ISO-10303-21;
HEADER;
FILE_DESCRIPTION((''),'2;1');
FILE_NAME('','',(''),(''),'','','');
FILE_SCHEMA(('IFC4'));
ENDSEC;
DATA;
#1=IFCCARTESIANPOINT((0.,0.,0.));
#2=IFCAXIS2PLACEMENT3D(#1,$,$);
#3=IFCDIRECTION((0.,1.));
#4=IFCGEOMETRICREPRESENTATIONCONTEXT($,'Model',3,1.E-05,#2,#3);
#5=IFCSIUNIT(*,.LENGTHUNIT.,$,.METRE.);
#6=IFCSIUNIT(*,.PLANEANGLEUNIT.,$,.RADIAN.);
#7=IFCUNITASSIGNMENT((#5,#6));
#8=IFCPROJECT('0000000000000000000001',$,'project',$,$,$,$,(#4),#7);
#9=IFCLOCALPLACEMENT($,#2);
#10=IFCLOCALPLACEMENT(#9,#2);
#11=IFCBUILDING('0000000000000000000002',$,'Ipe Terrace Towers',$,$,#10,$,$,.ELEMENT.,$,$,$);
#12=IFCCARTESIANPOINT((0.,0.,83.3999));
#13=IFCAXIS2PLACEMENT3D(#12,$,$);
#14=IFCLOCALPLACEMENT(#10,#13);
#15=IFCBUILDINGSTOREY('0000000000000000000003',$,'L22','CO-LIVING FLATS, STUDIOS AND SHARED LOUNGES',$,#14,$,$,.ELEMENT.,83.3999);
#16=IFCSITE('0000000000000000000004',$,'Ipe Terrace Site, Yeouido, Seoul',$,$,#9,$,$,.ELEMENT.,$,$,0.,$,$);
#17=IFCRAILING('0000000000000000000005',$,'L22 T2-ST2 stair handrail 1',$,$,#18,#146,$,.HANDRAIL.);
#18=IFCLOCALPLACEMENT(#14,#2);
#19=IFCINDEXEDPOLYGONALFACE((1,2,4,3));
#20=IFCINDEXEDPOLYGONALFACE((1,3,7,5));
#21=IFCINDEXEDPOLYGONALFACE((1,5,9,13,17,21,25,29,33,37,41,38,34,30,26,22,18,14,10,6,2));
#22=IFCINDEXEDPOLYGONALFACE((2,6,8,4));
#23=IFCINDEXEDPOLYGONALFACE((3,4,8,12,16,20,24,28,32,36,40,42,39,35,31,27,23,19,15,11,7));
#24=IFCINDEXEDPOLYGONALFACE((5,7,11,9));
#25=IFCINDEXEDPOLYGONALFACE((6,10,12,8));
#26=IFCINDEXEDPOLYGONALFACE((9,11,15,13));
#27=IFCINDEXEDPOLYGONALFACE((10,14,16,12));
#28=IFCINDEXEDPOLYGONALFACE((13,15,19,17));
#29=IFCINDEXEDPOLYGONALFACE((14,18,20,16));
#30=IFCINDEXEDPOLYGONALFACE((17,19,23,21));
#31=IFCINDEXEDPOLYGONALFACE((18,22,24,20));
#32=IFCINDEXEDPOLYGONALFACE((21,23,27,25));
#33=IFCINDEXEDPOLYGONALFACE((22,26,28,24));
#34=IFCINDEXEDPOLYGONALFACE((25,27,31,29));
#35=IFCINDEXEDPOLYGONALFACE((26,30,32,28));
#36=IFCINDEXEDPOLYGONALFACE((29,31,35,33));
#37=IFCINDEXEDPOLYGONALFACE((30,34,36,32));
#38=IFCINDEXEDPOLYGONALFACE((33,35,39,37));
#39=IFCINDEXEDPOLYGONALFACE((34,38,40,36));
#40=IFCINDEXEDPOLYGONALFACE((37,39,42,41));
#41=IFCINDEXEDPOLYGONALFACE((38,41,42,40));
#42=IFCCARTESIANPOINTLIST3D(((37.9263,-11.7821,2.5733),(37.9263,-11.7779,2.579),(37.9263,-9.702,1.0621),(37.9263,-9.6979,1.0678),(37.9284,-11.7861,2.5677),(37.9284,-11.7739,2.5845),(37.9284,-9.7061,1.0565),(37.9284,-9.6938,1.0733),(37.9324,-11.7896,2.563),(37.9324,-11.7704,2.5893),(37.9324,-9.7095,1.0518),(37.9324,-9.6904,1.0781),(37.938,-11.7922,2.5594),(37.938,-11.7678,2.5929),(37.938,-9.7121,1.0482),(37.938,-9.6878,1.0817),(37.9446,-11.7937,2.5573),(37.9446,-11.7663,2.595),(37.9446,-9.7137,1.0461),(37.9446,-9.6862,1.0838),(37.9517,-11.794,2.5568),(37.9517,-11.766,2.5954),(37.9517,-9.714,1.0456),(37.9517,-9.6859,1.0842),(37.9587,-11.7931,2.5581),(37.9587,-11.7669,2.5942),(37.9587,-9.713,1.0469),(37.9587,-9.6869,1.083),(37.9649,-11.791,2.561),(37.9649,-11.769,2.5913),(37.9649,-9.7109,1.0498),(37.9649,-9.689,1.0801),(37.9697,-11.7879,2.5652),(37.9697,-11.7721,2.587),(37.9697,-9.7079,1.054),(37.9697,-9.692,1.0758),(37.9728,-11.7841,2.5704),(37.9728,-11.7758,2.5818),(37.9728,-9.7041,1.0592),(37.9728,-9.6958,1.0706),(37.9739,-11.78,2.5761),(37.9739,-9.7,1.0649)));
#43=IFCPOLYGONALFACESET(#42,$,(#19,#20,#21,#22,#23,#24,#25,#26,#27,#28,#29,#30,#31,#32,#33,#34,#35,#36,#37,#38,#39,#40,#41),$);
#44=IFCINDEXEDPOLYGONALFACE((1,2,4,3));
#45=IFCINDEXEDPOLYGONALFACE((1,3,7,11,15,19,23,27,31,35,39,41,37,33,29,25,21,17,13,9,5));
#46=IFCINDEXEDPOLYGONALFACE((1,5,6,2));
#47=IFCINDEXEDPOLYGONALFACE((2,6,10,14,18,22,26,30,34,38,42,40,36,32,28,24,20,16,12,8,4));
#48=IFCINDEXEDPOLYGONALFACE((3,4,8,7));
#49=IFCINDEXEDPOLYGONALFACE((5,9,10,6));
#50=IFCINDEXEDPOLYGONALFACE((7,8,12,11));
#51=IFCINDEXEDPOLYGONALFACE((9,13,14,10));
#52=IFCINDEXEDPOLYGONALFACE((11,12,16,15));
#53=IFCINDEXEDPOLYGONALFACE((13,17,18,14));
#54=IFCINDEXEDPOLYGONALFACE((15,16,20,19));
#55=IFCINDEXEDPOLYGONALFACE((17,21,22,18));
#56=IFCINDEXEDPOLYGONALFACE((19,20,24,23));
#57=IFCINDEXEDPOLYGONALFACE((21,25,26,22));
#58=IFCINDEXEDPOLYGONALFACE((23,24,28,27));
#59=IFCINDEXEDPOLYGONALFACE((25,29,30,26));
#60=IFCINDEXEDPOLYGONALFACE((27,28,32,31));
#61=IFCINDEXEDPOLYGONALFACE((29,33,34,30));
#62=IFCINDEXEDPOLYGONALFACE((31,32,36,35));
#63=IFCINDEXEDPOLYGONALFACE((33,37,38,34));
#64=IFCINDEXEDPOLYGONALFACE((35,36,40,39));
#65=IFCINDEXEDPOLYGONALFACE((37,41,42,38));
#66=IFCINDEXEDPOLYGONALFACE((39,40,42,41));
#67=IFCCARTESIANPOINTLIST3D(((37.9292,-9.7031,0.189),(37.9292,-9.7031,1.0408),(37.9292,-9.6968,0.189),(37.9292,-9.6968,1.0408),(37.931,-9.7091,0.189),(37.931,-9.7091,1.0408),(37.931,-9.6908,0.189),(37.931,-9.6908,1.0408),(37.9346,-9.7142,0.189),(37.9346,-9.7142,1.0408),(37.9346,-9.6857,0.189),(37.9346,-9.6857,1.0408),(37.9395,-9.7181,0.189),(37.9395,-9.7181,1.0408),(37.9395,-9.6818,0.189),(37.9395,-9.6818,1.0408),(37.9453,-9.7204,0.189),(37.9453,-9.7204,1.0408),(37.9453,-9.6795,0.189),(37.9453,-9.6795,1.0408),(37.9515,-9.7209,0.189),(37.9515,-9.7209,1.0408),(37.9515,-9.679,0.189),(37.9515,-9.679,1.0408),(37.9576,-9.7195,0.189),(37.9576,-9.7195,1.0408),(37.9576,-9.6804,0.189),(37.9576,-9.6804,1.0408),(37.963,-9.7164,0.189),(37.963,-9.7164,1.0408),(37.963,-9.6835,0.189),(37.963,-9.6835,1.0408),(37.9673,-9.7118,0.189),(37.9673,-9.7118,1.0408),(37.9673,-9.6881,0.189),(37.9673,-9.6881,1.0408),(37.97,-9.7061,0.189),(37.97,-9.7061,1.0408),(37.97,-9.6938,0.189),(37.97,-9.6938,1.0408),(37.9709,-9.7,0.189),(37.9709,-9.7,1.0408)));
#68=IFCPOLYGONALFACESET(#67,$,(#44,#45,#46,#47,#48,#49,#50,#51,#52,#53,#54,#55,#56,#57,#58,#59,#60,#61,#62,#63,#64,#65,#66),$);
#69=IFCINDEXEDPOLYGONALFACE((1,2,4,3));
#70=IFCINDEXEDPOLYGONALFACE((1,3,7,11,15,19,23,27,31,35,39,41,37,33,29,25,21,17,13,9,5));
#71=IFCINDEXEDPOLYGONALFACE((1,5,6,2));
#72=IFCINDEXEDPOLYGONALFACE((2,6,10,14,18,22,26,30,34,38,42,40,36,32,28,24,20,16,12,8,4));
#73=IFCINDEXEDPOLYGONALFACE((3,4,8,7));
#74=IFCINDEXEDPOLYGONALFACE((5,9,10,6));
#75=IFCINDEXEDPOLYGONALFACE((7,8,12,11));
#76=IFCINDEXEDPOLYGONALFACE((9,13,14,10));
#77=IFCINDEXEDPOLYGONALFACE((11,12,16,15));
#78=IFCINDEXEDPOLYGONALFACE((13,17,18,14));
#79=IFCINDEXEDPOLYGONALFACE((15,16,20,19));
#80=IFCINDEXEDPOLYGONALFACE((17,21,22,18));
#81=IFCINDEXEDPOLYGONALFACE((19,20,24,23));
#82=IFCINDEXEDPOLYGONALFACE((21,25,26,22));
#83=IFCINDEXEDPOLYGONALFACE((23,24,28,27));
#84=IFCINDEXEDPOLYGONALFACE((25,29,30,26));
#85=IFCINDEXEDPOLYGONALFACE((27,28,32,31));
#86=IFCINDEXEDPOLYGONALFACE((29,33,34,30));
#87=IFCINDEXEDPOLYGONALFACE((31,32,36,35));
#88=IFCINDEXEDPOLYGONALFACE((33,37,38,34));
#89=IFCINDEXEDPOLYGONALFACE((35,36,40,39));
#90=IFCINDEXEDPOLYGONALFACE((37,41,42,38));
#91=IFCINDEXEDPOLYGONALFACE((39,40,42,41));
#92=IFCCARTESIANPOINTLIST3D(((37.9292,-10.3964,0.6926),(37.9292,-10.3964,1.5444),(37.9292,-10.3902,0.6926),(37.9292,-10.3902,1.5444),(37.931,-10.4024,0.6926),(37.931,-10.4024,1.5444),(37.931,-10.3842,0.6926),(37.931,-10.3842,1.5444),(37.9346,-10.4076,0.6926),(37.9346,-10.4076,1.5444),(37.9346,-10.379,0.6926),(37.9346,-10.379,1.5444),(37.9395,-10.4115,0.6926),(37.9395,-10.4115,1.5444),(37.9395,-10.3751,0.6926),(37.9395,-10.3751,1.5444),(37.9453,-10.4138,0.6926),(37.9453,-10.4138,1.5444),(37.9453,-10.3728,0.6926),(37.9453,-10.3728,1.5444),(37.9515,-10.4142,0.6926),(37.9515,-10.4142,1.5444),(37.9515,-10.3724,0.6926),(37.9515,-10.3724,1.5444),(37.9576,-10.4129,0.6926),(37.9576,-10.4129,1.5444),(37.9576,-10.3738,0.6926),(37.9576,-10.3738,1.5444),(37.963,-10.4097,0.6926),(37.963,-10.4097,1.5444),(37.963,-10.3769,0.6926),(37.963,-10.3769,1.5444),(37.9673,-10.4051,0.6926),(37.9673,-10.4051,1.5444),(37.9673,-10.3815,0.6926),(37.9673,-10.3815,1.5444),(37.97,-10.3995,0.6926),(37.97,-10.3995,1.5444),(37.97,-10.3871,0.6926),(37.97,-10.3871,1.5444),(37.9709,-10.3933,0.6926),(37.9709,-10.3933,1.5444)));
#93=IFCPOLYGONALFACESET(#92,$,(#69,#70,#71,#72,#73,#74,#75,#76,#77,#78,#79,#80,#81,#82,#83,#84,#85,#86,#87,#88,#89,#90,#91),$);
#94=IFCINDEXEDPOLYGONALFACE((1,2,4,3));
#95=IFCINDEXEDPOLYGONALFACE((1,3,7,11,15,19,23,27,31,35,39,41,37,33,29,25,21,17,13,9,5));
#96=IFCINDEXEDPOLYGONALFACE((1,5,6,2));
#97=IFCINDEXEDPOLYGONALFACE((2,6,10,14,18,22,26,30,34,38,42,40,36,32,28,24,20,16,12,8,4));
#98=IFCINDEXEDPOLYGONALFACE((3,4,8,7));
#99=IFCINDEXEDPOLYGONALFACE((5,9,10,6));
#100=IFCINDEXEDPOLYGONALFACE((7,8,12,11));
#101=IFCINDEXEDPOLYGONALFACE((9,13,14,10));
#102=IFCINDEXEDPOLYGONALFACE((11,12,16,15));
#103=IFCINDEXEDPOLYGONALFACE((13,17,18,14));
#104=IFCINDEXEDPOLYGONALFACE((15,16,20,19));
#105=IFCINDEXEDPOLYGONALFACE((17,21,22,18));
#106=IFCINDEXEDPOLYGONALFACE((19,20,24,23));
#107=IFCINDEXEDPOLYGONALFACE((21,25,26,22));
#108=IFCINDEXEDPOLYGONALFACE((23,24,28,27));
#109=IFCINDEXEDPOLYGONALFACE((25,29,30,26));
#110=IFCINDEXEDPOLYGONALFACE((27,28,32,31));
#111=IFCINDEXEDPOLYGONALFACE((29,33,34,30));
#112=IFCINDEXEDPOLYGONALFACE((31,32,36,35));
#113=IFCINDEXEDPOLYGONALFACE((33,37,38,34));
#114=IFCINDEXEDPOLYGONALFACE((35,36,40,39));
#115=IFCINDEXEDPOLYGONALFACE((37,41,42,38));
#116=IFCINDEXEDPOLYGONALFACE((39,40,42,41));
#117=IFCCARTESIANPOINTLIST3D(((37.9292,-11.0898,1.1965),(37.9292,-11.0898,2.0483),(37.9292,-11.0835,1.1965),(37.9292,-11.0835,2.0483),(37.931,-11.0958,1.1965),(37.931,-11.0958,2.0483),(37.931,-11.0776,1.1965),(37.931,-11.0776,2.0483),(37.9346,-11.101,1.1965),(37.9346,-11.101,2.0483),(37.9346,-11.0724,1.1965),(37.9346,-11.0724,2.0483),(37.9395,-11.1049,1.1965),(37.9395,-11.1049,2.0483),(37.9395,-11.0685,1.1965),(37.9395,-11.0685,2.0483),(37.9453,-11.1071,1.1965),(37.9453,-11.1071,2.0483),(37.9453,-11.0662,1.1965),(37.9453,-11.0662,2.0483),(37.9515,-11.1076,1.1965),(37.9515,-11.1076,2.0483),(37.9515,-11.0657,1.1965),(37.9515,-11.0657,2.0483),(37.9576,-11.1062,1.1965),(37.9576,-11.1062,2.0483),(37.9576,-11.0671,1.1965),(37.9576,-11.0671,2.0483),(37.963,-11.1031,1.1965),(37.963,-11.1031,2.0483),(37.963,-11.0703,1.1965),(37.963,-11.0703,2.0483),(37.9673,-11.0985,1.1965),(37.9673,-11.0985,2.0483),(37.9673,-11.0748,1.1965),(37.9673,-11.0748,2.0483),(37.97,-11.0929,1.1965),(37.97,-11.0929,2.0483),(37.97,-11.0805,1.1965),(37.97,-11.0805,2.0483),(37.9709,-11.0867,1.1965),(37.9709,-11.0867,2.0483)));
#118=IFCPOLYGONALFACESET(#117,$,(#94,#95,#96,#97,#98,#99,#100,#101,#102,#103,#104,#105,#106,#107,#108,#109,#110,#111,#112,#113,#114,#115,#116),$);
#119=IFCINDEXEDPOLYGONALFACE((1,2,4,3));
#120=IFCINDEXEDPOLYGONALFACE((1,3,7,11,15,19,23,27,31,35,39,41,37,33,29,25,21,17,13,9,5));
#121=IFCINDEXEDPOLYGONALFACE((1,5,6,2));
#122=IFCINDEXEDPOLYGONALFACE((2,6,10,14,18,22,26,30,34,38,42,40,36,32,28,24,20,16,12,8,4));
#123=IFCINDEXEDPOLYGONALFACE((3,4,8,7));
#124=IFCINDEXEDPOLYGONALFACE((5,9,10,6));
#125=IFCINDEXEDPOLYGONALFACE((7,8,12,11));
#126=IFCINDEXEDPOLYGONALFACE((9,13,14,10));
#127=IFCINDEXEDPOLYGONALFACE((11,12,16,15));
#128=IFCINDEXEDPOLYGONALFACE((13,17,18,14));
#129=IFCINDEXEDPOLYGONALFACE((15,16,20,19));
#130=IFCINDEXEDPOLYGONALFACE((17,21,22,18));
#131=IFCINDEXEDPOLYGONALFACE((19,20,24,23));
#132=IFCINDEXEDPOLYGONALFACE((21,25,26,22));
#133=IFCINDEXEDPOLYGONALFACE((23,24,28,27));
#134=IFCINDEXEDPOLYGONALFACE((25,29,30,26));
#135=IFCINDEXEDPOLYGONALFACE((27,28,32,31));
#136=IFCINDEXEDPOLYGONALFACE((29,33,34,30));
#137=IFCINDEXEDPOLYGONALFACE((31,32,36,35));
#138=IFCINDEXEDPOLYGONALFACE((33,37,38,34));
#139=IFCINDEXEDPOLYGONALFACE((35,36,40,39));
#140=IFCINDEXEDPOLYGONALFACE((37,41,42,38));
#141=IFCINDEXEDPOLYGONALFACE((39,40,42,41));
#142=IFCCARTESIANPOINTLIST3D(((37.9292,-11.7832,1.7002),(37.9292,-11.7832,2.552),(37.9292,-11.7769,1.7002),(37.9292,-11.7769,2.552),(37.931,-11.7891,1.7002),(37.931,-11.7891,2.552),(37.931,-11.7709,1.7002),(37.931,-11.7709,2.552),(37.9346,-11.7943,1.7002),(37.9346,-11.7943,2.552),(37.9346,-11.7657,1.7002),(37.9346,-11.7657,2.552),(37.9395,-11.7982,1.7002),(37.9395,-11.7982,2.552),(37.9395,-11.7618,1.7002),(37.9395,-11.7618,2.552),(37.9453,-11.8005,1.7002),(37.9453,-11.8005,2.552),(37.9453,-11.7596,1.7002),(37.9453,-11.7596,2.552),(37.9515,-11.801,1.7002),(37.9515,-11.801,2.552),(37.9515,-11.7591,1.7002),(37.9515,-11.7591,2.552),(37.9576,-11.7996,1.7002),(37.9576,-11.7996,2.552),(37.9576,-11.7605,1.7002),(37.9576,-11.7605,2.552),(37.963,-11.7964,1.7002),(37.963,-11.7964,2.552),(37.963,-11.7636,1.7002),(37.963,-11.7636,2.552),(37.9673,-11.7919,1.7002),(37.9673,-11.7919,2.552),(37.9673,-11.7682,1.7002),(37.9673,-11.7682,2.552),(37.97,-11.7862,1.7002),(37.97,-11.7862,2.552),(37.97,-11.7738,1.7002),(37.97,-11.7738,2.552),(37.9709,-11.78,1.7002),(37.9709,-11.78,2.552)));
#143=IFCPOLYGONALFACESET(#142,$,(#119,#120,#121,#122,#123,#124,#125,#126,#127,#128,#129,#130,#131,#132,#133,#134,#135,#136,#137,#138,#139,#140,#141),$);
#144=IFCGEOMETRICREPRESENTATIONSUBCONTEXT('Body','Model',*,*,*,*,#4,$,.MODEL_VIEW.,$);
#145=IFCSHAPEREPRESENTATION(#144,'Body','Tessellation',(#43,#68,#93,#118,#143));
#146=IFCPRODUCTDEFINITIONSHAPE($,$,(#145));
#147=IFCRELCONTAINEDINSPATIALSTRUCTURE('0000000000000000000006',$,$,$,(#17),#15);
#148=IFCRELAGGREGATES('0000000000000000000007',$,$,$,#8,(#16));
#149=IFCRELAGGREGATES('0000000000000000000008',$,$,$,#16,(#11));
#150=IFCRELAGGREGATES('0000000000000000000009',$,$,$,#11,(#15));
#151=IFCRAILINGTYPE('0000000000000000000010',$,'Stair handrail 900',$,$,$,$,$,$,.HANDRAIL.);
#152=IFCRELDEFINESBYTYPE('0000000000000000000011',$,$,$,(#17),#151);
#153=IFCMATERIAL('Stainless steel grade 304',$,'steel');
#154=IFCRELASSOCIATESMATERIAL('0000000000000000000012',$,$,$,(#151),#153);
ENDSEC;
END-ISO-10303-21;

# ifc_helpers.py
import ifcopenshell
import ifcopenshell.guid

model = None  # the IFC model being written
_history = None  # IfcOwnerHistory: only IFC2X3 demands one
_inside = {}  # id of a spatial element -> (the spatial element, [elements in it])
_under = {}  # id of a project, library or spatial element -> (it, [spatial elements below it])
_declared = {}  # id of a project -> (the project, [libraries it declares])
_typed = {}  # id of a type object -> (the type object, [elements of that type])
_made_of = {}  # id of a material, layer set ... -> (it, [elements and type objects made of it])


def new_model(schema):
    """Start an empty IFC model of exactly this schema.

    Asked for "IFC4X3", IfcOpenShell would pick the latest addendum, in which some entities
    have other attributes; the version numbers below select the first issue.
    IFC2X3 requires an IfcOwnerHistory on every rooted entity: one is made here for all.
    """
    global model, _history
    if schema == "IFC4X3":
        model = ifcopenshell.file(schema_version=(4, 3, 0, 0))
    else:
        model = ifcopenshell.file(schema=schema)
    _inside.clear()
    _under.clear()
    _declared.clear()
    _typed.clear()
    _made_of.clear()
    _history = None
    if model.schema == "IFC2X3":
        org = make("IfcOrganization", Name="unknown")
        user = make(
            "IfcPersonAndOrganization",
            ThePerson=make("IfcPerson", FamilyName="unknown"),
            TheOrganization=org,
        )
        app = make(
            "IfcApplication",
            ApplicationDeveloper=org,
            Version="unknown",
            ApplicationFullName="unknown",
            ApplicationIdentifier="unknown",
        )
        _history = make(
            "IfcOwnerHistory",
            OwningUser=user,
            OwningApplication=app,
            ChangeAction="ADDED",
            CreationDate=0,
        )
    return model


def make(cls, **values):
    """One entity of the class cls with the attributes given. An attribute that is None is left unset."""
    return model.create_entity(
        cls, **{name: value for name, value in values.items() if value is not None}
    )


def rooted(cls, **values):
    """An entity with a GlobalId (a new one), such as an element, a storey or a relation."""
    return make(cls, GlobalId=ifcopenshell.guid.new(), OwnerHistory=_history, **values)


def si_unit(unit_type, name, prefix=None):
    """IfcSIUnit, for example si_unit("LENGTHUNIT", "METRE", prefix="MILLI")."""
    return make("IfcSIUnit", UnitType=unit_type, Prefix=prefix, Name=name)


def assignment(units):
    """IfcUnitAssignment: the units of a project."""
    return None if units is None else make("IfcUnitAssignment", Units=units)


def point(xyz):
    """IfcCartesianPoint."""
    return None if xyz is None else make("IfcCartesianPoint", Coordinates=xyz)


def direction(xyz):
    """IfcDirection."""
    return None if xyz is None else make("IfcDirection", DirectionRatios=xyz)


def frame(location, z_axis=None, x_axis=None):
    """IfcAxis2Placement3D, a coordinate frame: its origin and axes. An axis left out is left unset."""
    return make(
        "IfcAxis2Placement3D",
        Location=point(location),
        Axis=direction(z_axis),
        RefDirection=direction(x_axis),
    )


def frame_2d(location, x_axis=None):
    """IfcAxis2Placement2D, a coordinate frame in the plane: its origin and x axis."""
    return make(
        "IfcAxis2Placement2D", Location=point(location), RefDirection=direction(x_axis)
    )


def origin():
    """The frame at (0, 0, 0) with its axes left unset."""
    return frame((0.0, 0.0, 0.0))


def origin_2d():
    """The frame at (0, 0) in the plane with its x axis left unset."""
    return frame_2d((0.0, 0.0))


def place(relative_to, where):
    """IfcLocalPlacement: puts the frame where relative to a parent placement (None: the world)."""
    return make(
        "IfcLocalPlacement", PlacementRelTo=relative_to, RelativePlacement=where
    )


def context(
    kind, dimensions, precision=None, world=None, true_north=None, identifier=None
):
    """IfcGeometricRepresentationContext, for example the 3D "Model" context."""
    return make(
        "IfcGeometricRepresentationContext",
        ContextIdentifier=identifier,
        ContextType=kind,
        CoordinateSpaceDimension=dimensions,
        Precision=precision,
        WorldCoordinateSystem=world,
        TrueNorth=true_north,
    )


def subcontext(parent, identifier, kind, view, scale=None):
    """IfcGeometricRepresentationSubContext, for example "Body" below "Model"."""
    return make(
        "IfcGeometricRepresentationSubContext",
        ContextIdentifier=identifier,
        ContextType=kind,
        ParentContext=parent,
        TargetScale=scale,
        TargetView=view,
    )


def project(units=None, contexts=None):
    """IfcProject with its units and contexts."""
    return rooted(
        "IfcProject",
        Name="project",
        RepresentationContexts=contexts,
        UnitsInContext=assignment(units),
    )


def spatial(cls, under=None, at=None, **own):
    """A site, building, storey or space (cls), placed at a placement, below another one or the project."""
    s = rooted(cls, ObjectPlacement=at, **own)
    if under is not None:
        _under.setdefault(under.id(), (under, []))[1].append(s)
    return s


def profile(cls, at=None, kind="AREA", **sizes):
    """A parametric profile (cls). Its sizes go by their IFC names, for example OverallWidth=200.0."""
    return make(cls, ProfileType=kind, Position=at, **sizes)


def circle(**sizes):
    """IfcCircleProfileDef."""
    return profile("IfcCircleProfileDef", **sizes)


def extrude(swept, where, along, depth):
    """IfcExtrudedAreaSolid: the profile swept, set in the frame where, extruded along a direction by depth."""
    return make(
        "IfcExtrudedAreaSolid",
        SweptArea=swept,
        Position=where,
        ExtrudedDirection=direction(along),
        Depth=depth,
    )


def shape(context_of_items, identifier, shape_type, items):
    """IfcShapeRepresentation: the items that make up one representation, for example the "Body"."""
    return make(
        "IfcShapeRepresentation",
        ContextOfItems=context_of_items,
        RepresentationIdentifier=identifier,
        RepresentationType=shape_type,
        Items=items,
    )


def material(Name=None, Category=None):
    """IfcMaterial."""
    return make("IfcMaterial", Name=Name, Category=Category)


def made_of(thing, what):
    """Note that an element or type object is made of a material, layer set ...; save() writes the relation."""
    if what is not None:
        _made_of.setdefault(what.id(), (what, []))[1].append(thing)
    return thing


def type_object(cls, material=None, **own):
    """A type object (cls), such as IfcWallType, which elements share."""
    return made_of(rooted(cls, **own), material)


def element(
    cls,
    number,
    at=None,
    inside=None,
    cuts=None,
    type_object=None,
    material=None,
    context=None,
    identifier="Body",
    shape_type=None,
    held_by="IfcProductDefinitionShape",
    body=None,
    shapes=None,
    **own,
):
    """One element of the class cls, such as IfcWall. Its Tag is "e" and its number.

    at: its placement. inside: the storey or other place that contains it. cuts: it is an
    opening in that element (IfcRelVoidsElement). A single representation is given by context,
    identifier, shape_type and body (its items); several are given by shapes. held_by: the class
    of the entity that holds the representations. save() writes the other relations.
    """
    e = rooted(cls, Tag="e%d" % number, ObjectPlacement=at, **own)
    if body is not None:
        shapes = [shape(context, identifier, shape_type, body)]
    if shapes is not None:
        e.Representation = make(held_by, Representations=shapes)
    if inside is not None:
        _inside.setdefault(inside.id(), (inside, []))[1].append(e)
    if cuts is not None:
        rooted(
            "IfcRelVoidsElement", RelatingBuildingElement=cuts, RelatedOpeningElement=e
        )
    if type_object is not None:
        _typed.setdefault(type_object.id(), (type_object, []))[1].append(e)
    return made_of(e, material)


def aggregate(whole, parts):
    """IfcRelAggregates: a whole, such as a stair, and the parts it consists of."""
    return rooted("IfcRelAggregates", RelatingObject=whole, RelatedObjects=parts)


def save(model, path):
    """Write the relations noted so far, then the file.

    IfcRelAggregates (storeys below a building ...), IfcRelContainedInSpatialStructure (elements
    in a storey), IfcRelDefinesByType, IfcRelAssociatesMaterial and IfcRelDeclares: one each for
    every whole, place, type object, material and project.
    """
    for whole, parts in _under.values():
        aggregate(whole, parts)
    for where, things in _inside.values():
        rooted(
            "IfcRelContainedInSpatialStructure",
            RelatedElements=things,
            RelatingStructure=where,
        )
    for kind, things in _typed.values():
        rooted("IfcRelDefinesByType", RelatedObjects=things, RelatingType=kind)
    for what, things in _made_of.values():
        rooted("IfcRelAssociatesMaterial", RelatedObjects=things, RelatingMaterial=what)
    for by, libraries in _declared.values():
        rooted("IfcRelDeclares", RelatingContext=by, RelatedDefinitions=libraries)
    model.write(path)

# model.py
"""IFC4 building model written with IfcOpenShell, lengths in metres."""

from ifc_helpers import new_model, si_unit, direction, frame, origin, origin_2d, place, context, subcontext, project, spatial, circle, extrude, material, type_object, element, save


model = new_model("IFC4")

# Units and contexts
model_context = context("Model", 3, precision=1e-05, world=origin(), true_north=direction((0.0, 1.0)))
body_context = subcontext(model_context, "Body", "Model", "MODEL_VIEW")
ifc_project = project(units=[si_unit("LENGTHUNIT", "METRE"), si_unit("PLANEANGLEUNIT", "RADIAN")], contexts=[model_context])

# Site, building, storey
site_placement = place(None, origin())
site = spatial("IfcSite", under=ifc_project, at=site_placement, Name="Ipe Terrace Site, Yeouido, Seoul", CompositionType="ELEMENT", RefElevation=0.0)
building_placement = place(site_placement, origin())
building = spatial("IfcBuilding", under=site, at=building_placement, Name="Ipe Terrace Towers", CompositionType="ELEMENT")
storey_placement = place(building_placement, frame((0.0, 0.0, 83.3999)))
storey = spatial("IfcBuildingStorey", under=building, at=storey_placement, Name="L22", Description="CO-LIVING FLATS, STUDIOS AND SHARED LOUNGES", CompositionType="ELEMENT", Elevation=83.3999)

# Railing
ifc_material_1 = material(Name="Stainless steel grade 304", Category="steel")
railing_type_1 = type_object("IfcRailingType", Name="Stair handrail 900", PredefinedType="HANDRAIL", material=ifc_material_1)
railing_1_placement = place(storey_placement, frame((37.95, -9.7, 0.189)))
element("IfcRailing", 1, at=railing_1_placement, inside=storey, type_object=railing_type_1, Name="L22 T2-ST2 stair handrail 1", PredefinedType="HANDRAIL", context=body_context, shape_type="SweptSolid", body=[
    extrude(circle(Radius=0.0239, at=origin_2d()), frame((0.0, 0.0, 0.876), z_axis=(0.0, -0.809023, 0.587776), x_axis=(1.0, 0.0, 0.0)), (0.0, 0.0, 1.0), 2.571),
    extrude(circle(Radius=0.021, at=origin_2d()), origin(), (0.0, 0.0, 1.0), 0.8518),
    extrude(circle(Radius=0.021, at=origin_2d()), frame((0.0, -0.6934, 0.5037)), (0.0, 0.0, 1.0), 0.8518),
    extrude(circle(Radius=0.021, at=origin_2d()), frame((0.0, -1.3867, 1.0076)), (0.0, 0.0, 1.0), 0.8518),
    extrude(circle(Radius=0.021, at=origin_2d()), frame((0.0, -2.0801, 1.5112)), (0.0, 0.0, 1.0), 0.8518),
])

save(model, "model.ifc")
